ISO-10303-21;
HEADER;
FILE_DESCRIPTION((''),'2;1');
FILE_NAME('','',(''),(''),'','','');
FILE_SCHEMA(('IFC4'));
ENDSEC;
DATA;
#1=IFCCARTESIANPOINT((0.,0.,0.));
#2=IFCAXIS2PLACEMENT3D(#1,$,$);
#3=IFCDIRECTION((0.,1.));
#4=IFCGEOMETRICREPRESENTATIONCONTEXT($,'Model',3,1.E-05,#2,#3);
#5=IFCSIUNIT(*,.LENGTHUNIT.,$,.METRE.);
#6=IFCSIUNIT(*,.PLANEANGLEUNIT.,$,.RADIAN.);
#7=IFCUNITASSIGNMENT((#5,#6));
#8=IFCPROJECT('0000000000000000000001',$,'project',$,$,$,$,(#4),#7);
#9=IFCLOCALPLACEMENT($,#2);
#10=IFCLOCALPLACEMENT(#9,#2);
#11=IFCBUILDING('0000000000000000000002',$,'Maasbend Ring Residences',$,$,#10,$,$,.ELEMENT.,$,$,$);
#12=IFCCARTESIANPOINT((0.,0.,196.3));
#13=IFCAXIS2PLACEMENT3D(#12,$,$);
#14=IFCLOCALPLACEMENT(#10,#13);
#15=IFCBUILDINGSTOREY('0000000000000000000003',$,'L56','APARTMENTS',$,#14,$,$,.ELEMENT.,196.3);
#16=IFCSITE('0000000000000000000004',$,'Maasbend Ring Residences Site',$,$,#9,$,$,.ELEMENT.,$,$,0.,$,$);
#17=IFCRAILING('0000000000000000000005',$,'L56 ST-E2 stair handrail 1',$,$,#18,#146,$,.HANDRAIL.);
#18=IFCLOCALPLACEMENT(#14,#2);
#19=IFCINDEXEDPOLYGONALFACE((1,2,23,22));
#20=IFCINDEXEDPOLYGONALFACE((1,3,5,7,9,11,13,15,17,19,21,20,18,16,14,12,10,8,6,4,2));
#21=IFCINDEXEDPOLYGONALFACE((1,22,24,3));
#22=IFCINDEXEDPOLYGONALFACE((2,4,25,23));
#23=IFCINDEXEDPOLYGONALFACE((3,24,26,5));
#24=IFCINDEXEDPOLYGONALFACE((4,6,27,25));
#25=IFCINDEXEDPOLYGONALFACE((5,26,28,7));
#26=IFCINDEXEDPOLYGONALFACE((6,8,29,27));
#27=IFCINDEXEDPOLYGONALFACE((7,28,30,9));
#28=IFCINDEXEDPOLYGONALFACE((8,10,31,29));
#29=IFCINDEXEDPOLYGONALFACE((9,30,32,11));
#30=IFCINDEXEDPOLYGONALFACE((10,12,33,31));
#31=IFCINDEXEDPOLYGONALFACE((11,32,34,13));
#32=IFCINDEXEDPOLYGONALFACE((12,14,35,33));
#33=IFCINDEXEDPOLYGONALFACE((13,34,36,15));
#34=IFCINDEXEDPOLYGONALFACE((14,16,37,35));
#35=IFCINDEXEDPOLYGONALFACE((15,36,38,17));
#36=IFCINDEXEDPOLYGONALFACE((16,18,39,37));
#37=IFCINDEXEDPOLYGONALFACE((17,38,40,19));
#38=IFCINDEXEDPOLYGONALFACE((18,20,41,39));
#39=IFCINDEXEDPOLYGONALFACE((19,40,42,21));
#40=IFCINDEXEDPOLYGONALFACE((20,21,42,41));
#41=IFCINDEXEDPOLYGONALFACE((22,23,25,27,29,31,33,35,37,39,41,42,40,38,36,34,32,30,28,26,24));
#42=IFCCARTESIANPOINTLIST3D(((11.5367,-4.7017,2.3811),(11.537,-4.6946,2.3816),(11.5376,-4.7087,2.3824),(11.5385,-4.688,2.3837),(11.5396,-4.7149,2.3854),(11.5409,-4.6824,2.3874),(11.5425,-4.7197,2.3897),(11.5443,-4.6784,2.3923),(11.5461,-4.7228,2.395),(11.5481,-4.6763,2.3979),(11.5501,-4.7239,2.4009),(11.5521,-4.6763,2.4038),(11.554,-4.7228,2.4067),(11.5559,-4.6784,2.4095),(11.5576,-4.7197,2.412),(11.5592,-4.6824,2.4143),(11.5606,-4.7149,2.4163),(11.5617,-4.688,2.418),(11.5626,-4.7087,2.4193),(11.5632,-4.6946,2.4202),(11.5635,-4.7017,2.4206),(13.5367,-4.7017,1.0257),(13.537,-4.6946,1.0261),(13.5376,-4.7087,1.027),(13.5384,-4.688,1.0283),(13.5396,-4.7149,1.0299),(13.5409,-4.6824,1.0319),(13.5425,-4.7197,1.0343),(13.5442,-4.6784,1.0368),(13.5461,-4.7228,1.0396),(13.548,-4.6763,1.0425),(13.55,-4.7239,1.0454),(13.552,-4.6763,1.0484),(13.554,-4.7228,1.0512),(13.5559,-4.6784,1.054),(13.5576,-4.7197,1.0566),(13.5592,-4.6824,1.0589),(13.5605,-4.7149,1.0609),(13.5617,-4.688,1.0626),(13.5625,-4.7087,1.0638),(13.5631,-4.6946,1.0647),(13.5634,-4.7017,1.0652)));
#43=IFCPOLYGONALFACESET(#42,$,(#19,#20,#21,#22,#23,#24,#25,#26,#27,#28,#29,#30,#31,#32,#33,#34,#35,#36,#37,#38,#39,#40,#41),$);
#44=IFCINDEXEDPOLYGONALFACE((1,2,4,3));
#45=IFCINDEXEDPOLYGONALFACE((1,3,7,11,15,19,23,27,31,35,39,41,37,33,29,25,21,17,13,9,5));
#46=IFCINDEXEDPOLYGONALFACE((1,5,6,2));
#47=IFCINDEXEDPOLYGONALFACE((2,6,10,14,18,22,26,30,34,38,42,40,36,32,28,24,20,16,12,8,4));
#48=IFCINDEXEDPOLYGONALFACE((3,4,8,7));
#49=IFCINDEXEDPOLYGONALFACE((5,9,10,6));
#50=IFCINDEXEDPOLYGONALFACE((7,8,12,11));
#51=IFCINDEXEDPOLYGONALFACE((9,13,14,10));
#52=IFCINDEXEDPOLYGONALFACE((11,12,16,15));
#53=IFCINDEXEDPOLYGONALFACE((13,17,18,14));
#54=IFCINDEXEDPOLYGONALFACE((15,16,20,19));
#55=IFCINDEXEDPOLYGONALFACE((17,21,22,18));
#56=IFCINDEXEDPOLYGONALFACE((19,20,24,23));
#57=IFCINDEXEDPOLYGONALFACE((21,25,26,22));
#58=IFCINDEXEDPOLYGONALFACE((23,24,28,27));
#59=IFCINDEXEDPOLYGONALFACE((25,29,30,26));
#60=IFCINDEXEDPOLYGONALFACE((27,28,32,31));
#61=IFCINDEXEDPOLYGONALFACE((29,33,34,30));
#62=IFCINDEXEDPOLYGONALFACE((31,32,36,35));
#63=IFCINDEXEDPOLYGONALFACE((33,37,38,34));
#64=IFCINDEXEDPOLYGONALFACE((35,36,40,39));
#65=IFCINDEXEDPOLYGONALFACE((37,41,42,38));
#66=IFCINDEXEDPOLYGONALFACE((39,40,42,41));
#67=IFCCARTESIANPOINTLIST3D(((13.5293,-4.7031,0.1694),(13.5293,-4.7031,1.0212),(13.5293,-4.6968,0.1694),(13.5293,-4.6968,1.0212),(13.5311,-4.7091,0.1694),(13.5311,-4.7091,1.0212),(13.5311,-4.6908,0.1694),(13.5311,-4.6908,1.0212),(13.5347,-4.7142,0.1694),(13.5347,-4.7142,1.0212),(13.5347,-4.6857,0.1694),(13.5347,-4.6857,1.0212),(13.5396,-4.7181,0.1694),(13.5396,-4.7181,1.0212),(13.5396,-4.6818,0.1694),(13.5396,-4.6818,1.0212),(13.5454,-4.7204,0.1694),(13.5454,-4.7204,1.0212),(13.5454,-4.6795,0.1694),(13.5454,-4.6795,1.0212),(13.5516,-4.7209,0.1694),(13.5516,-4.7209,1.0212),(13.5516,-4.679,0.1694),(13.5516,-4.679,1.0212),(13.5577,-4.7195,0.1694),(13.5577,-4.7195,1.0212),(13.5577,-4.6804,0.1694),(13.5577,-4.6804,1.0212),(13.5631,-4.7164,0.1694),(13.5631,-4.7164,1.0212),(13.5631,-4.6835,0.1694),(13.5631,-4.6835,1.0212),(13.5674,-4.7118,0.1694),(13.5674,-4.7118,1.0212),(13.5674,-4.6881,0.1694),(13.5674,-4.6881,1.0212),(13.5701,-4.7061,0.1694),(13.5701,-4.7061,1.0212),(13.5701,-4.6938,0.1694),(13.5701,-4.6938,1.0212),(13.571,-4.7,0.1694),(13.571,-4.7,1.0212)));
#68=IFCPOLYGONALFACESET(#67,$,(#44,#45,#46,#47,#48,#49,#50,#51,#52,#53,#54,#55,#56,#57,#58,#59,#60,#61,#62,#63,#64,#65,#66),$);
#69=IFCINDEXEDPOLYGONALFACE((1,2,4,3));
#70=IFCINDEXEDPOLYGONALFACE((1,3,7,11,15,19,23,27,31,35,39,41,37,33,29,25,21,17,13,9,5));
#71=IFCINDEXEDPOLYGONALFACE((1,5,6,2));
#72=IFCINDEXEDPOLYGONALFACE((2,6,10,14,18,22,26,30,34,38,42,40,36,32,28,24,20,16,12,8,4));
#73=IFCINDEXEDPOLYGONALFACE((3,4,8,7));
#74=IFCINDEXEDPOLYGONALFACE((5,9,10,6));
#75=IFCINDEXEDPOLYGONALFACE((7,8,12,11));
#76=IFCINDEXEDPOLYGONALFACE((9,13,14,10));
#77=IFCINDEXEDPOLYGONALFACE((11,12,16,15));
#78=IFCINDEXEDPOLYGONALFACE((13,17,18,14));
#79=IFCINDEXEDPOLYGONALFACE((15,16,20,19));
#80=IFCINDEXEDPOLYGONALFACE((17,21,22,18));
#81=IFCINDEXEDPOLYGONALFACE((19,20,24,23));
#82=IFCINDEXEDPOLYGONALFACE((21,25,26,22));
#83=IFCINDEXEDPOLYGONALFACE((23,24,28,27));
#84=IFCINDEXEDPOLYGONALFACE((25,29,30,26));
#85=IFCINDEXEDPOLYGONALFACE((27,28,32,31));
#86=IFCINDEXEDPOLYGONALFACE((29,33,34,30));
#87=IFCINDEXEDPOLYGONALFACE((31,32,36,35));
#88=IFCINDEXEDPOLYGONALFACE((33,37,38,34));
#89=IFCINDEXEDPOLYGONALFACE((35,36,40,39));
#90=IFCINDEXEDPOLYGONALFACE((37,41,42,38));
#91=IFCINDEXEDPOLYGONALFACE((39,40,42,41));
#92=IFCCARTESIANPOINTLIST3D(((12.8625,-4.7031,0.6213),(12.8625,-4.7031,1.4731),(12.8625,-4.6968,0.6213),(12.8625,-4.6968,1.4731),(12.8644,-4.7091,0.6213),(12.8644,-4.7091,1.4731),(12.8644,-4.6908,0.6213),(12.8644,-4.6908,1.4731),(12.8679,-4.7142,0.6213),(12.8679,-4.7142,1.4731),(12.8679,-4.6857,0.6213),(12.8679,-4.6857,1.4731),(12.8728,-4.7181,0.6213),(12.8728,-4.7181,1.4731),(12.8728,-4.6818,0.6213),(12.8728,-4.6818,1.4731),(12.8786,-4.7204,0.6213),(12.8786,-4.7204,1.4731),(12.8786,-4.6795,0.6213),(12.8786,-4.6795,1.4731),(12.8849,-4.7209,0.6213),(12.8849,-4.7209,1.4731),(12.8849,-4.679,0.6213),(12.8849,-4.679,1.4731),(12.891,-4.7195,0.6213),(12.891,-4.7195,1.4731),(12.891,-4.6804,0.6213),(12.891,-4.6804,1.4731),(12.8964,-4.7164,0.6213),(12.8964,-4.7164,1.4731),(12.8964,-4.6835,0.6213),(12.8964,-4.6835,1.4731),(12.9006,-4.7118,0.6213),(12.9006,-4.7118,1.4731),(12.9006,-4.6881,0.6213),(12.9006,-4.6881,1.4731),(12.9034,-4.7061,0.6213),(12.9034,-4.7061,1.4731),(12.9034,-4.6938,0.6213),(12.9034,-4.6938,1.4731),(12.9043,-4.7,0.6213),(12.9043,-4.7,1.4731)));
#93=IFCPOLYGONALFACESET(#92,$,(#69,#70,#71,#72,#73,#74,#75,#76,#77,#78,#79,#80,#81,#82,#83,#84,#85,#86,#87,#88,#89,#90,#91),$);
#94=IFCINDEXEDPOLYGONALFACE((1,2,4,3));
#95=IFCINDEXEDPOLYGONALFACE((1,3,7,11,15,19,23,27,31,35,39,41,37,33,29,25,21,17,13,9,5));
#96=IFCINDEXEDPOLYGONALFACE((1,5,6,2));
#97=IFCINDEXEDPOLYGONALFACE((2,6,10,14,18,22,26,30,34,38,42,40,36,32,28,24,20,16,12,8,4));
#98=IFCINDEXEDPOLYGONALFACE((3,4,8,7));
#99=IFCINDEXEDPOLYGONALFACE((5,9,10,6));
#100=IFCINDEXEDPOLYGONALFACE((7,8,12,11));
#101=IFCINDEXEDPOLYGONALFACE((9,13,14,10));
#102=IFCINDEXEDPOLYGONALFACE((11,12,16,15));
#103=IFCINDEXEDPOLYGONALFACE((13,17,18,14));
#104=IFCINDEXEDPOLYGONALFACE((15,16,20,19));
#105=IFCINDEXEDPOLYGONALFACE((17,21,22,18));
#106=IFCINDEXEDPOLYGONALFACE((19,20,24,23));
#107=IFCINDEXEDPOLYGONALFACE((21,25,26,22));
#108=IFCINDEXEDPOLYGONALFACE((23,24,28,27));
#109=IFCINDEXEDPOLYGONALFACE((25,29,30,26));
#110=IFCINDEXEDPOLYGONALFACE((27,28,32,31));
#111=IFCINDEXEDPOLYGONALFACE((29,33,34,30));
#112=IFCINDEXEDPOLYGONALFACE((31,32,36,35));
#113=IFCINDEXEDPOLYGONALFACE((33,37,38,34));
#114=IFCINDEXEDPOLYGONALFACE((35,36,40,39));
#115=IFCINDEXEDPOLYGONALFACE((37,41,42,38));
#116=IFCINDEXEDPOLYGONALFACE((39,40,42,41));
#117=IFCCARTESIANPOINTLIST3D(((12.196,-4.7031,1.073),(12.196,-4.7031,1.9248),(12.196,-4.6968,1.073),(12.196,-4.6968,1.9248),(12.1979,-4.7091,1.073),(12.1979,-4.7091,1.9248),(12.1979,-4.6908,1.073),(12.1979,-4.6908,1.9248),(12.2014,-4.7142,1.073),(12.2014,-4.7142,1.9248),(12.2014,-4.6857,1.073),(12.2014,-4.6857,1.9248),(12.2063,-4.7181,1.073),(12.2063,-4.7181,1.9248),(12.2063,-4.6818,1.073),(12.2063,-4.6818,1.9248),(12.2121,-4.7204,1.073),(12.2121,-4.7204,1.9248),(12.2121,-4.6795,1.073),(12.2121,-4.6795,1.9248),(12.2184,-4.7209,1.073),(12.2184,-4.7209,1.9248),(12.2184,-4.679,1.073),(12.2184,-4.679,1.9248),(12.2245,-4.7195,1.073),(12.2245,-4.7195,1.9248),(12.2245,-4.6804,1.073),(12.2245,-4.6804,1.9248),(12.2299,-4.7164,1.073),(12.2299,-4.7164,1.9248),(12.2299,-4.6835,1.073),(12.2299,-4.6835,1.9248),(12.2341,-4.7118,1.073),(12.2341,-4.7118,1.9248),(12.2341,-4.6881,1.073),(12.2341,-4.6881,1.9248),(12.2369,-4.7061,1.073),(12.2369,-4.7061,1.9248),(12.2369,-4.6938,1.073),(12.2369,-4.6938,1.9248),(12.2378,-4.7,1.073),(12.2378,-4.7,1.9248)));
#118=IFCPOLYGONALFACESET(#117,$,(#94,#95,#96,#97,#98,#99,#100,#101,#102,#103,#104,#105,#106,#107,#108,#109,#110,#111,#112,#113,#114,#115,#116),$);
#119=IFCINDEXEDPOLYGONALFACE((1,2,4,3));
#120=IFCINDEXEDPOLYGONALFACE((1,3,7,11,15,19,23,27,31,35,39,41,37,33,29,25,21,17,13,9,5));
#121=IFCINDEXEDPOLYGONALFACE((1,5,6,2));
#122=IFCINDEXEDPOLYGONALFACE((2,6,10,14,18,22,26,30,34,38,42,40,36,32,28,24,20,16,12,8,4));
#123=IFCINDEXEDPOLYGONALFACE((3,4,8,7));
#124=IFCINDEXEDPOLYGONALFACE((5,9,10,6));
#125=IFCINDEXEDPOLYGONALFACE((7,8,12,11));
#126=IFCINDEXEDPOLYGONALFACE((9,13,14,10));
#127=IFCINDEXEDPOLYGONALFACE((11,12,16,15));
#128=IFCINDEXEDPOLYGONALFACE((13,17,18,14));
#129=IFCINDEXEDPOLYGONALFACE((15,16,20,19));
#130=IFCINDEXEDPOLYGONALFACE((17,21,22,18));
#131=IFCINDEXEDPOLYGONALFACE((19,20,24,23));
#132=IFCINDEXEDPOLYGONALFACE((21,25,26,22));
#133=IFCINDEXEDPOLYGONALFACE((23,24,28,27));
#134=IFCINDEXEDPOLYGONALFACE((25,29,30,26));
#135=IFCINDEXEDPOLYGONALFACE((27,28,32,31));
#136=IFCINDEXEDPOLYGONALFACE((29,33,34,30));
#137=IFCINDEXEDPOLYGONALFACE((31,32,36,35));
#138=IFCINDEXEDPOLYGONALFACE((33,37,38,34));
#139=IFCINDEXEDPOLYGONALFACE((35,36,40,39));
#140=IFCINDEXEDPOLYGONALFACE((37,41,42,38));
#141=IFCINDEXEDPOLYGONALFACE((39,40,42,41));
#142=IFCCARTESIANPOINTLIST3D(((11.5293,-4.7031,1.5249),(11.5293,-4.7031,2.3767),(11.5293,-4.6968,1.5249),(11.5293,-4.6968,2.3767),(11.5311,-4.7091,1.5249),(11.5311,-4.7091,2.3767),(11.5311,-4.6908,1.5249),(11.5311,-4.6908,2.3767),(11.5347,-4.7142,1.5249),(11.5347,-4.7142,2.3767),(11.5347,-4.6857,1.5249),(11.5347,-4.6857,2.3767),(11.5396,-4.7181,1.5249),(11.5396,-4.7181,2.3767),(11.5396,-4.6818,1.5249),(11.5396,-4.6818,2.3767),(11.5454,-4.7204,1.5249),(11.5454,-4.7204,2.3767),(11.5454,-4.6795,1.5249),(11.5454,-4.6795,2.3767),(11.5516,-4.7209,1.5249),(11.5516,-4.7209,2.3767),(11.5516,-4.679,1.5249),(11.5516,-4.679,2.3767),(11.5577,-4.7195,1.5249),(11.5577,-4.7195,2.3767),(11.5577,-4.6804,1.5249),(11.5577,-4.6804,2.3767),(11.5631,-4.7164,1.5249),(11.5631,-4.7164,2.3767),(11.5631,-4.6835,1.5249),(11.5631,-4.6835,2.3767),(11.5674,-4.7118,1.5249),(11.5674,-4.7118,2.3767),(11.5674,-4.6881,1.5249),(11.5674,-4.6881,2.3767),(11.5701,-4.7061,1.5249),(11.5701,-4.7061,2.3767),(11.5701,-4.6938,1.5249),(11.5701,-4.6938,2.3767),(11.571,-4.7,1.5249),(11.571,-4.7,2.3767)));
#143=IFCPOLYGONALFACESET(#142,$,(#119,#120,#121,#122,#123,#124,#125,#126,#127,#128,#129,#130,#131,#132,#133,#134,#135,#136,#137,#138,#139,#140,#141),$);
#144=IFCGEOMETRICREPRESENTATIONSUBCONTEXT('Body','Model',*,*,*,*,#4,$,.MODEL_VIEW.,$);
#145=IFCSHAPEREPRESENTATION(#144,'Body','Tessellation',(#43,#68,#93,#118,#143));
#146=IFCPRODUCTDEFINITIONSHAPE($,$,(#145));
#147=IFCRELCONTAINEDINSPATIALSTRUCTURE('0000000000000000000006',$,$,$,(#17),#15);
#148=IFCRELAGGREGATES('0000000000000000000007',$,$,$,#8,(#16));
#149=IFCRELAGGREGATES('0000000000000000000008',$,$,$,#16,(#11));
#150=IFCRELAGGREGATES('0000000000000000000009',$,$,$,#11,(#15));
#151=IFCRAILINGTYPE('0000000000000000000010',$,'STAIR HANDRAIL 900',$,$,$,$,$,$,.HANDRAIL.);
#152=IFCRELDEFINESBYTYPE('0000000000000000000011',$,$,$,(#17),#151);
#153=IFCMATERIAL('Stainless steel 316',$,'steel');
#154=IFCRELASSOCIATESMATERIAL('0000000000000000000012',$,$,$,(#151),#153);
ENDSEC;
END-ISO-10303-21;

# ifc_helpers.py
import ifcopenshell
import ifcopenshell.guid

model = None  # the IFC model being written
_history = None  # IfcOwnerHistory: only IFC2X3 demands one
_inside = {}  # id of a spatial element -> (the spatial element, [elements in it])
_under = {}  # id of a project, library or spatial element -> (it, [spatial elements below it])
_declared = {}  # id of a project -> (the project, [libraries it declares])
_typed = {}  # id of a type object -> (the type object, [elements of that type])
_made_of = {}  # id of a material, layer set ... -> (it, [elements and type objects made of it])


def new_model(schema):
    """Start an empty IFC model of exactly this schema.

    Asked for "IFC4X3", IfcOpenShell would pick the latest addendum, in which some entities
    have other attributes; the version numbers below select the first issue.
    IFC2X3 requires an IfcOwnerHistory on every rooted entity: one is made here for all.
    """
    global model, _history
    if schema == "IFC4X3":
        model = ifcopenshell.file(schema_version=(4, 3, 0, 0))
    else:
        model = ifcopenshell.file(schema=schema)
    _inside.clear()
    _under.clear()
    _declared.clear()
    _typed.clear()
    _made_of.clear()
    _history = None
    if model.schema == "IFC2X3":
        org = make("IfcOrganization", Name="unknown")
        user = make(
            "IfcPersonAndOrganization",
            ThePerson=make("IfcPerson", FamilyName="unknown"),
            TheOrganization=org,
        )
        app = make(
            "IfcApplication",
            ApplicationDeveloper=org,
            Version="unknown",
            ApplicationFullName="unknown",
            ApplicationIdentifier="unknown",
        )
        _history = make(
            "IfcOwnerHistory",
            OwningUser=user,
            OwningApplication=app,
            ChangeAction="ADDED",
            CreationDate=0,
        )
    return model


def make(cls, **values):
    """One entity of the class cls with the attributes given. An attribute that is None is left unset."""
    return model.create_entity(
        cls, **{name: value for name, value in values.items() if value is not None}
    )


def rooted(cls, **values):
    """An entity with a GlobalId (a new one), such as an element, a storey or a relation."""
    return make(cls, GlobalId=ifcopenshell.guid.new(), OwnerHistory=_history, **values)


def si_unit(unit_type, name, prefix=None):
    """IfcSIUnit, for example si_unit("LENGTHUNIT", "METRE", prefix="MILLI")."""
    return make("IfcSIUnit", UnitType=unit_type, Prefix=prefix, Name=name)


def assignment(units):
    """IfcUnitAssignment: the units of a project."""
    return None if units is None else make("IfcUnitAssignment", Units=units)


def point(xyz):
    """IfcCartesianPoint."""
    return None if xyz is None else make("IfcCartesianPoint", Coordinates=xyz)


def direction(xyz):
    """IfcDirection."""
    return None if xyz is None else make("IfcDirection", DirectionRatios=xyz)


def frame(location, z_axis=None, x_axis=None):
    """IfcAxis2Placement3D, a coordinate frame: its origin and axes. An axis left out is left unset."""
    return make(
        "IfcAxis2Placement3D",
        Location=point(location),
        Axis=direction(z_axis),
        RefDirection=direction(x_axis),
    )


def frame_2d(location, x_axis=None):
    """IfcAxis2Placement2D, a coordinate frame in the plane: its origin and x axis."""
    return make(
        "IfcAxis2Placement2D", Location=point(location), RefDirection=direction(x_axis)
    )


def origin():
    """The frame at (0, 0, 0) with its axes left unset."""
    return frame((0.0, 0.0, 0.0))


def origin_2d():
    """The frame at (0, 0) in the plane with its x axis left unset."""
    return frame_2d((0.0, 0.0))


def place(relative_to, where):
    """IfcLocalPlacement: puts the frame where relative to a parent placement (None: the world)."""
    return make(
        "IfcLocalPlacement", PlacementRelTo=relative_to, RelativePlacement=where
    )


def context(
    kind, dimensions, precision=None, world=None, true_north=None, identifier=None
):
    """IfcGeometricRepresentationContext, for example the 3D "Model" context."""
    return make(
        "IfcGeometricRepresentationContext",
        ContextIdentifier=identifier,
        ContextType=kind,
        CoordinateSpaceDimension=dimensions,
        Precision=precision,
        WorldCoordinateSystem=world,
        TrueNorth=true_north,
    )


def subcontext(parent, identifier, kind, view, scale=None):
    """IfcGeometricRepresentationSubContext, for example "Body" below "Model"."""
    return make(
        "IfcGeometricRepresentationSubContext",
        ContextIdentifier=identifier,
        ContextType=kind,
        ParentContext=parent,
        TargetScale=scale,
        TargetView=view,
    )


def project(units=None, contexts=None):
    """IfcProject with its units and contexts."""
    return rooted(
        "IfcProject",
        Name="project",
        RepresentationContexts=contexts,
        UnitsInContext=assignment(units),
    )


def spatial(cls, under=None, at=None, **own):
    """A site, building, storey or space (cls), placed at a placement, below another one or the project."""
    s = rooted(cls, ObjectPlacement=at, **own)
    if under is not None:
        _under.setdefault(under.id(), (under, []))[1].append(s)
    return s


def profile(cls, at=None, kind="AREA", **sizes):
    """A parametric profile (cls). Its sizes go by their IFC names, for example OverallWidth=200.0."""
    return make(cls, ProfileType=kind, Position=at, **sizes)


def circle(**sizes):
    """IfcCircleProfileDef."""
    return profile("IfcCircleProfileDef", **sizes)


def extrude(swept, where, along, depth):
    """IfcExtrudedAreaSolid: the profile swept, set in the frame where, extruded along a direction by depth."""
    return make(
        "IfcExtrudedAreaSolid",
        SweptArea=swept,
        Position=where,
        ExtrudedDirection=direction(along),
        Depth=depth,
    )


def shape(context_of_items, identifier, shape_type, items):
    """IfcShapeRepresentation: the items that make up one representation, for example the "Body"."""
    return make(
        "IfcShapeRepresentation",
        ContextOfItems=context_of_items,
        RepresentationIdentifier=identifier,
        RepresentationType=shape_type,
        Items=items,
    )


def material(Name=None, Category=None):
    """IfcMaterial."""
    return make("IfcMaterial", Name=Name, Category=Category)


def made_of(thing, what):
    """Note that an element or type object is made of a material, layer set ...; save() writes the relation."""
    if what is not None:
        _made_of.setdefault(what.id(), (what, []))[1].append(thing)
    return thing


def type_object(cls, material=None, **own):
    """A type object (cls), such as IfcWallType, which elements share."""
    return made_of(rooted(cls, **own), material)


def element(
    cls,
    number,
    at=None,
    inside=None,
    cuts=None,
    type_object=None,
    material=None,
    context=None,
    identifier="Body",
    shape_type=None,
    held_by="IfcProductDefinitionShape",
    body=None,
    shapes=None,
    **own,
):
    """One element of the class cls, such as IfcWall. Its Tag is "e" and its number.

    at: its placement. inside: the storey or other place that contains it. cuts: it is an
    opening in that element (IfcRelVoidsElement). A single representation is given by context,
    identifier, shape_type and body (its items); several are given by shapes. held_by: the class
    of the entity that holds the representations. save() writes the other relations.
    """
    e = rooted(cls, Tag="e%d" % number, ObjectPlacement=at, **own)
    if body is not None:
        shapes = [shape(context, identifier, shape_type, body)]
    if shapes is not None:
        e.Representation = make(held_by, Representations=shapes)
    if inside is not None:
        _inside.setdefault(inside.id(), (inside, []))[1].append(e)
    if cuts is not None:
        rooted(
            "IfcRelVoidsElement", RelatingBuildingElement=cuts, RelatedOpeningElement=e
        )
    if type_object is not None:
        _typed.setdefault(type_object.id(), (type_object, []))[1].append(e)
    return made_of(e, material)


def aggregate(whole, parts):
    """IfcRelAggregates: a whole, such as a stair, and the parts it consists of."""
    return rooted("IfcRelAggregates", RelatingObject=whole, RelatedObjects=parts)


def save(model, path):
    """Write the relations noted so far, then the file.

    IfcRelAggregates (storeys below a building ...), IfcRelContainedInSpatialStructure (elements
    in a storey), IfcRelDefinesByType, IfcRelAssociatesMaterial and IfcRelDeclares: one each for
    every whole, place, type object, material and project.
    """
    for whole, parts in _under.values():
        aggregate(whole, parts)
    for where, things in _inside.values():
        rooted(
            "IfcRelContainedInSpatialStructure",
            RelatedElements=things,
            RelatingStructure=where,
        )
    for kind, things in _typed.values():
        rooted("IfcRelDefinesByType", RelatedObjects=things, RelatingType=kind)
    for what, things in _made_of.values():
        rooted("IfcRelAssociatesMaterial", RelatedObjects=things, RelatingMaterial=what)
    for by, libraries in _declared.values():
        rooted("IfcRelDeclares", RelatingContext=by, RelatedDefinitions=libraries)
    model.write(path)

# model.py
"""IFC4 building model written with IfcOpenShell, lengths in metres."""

from ifc_helpers import new_model, si_unit, direction, frame, origin, origin_2d, place, context, subcontext, project, spatial, circle, extrude, material, type_object, element, save


model = new_model("IFC4")

# Units and contexts
model_context = context("Model", 3, precision=1e-05, world=origin(), true_north=direction((0.0, 1.0)))
body_context = subcontext(model_context, "Body", "Model", "MODEL_VIEW")
ifc_project = project(units=[si_unit("LENGTHUNIT", "METRE"), si_unit("PLANEANGLEUNIT", "RADIAN")], contexts=[model_context])

# Site, building, storey
site_placement = place(None, origin())
site = spatial("IfcSite", under=ifc_project, at=site_placement, Name="Maasbend Ring Residences Site", CompositionType="ELEMENT", RefElevation=0.0)
building_placement = place(site_placement, origin())
building = spatial("IfcBuilding", under=site, at=building_placement, Name="Maasbend Ring Residences", CompositionType="ELEMENT")
storey_placement = place(building_placement, frame((0.0, 0.0, 196.3)))
storey = spatial("IfcBuildingStorey", under=building, at=storey_placement, Name="L56", Description="APARTMENTS", CompositionType="ELEMENT", Elevation=196.3)

# Railing
ifc_material_1 = material(Name="Stainless steel 316", Category="steel")
railing_type_1 = type_object("IfcRailingType", Name="STAIR HANDRAIL 900", PredefinedType="HANDRAIL", material=ifc_material_1)
railing_1_placement = place(storey_placement, frame((13.55, -4.7, 0.1694)))
element("IfcRailing", 1, at=railing_1_placement, inside=storey, type_object=railing_type_1, Name="L56 ST-E2 stair handrail 1", PredefinedType="HANDRAIL", context=body_context, shape_type="SweptSolid", body=[
    extrude(circle(Radius=0.0239, at=origin_2d()), frame((0.0, 0.0, 0.876), z_axis=(-0.827798, 0.0, 0.561027), x_axis=(0.0, -1.0, 0.0)), (0.0, 0.0, 1.0), 2.416),
    extrude(circle(Radius=0.021, at=origin_2d()), origin(), (0.0, 0.0, 1.0), 0.8518),
    extrude(circle(Radius=0.021, at=origin_2d()), frame((-0.6667, 0.0, 0.4519)), (0.0, 0.0, 1.0), 0.8518),
    extrude(circle(Radius=0.021, at=origin_2d()), frame((-1.3333, 0.0, 0.9036)), (0.0, 0.0, 1.0), 0.8518),
    extrude(circle(Radius=0.021, at=origin_2d()), frame((-2.0, 0.0, 1.3555)), (0.0, 0.0, 1.0), 0.8518),
])

save(model, "model.ifc")
